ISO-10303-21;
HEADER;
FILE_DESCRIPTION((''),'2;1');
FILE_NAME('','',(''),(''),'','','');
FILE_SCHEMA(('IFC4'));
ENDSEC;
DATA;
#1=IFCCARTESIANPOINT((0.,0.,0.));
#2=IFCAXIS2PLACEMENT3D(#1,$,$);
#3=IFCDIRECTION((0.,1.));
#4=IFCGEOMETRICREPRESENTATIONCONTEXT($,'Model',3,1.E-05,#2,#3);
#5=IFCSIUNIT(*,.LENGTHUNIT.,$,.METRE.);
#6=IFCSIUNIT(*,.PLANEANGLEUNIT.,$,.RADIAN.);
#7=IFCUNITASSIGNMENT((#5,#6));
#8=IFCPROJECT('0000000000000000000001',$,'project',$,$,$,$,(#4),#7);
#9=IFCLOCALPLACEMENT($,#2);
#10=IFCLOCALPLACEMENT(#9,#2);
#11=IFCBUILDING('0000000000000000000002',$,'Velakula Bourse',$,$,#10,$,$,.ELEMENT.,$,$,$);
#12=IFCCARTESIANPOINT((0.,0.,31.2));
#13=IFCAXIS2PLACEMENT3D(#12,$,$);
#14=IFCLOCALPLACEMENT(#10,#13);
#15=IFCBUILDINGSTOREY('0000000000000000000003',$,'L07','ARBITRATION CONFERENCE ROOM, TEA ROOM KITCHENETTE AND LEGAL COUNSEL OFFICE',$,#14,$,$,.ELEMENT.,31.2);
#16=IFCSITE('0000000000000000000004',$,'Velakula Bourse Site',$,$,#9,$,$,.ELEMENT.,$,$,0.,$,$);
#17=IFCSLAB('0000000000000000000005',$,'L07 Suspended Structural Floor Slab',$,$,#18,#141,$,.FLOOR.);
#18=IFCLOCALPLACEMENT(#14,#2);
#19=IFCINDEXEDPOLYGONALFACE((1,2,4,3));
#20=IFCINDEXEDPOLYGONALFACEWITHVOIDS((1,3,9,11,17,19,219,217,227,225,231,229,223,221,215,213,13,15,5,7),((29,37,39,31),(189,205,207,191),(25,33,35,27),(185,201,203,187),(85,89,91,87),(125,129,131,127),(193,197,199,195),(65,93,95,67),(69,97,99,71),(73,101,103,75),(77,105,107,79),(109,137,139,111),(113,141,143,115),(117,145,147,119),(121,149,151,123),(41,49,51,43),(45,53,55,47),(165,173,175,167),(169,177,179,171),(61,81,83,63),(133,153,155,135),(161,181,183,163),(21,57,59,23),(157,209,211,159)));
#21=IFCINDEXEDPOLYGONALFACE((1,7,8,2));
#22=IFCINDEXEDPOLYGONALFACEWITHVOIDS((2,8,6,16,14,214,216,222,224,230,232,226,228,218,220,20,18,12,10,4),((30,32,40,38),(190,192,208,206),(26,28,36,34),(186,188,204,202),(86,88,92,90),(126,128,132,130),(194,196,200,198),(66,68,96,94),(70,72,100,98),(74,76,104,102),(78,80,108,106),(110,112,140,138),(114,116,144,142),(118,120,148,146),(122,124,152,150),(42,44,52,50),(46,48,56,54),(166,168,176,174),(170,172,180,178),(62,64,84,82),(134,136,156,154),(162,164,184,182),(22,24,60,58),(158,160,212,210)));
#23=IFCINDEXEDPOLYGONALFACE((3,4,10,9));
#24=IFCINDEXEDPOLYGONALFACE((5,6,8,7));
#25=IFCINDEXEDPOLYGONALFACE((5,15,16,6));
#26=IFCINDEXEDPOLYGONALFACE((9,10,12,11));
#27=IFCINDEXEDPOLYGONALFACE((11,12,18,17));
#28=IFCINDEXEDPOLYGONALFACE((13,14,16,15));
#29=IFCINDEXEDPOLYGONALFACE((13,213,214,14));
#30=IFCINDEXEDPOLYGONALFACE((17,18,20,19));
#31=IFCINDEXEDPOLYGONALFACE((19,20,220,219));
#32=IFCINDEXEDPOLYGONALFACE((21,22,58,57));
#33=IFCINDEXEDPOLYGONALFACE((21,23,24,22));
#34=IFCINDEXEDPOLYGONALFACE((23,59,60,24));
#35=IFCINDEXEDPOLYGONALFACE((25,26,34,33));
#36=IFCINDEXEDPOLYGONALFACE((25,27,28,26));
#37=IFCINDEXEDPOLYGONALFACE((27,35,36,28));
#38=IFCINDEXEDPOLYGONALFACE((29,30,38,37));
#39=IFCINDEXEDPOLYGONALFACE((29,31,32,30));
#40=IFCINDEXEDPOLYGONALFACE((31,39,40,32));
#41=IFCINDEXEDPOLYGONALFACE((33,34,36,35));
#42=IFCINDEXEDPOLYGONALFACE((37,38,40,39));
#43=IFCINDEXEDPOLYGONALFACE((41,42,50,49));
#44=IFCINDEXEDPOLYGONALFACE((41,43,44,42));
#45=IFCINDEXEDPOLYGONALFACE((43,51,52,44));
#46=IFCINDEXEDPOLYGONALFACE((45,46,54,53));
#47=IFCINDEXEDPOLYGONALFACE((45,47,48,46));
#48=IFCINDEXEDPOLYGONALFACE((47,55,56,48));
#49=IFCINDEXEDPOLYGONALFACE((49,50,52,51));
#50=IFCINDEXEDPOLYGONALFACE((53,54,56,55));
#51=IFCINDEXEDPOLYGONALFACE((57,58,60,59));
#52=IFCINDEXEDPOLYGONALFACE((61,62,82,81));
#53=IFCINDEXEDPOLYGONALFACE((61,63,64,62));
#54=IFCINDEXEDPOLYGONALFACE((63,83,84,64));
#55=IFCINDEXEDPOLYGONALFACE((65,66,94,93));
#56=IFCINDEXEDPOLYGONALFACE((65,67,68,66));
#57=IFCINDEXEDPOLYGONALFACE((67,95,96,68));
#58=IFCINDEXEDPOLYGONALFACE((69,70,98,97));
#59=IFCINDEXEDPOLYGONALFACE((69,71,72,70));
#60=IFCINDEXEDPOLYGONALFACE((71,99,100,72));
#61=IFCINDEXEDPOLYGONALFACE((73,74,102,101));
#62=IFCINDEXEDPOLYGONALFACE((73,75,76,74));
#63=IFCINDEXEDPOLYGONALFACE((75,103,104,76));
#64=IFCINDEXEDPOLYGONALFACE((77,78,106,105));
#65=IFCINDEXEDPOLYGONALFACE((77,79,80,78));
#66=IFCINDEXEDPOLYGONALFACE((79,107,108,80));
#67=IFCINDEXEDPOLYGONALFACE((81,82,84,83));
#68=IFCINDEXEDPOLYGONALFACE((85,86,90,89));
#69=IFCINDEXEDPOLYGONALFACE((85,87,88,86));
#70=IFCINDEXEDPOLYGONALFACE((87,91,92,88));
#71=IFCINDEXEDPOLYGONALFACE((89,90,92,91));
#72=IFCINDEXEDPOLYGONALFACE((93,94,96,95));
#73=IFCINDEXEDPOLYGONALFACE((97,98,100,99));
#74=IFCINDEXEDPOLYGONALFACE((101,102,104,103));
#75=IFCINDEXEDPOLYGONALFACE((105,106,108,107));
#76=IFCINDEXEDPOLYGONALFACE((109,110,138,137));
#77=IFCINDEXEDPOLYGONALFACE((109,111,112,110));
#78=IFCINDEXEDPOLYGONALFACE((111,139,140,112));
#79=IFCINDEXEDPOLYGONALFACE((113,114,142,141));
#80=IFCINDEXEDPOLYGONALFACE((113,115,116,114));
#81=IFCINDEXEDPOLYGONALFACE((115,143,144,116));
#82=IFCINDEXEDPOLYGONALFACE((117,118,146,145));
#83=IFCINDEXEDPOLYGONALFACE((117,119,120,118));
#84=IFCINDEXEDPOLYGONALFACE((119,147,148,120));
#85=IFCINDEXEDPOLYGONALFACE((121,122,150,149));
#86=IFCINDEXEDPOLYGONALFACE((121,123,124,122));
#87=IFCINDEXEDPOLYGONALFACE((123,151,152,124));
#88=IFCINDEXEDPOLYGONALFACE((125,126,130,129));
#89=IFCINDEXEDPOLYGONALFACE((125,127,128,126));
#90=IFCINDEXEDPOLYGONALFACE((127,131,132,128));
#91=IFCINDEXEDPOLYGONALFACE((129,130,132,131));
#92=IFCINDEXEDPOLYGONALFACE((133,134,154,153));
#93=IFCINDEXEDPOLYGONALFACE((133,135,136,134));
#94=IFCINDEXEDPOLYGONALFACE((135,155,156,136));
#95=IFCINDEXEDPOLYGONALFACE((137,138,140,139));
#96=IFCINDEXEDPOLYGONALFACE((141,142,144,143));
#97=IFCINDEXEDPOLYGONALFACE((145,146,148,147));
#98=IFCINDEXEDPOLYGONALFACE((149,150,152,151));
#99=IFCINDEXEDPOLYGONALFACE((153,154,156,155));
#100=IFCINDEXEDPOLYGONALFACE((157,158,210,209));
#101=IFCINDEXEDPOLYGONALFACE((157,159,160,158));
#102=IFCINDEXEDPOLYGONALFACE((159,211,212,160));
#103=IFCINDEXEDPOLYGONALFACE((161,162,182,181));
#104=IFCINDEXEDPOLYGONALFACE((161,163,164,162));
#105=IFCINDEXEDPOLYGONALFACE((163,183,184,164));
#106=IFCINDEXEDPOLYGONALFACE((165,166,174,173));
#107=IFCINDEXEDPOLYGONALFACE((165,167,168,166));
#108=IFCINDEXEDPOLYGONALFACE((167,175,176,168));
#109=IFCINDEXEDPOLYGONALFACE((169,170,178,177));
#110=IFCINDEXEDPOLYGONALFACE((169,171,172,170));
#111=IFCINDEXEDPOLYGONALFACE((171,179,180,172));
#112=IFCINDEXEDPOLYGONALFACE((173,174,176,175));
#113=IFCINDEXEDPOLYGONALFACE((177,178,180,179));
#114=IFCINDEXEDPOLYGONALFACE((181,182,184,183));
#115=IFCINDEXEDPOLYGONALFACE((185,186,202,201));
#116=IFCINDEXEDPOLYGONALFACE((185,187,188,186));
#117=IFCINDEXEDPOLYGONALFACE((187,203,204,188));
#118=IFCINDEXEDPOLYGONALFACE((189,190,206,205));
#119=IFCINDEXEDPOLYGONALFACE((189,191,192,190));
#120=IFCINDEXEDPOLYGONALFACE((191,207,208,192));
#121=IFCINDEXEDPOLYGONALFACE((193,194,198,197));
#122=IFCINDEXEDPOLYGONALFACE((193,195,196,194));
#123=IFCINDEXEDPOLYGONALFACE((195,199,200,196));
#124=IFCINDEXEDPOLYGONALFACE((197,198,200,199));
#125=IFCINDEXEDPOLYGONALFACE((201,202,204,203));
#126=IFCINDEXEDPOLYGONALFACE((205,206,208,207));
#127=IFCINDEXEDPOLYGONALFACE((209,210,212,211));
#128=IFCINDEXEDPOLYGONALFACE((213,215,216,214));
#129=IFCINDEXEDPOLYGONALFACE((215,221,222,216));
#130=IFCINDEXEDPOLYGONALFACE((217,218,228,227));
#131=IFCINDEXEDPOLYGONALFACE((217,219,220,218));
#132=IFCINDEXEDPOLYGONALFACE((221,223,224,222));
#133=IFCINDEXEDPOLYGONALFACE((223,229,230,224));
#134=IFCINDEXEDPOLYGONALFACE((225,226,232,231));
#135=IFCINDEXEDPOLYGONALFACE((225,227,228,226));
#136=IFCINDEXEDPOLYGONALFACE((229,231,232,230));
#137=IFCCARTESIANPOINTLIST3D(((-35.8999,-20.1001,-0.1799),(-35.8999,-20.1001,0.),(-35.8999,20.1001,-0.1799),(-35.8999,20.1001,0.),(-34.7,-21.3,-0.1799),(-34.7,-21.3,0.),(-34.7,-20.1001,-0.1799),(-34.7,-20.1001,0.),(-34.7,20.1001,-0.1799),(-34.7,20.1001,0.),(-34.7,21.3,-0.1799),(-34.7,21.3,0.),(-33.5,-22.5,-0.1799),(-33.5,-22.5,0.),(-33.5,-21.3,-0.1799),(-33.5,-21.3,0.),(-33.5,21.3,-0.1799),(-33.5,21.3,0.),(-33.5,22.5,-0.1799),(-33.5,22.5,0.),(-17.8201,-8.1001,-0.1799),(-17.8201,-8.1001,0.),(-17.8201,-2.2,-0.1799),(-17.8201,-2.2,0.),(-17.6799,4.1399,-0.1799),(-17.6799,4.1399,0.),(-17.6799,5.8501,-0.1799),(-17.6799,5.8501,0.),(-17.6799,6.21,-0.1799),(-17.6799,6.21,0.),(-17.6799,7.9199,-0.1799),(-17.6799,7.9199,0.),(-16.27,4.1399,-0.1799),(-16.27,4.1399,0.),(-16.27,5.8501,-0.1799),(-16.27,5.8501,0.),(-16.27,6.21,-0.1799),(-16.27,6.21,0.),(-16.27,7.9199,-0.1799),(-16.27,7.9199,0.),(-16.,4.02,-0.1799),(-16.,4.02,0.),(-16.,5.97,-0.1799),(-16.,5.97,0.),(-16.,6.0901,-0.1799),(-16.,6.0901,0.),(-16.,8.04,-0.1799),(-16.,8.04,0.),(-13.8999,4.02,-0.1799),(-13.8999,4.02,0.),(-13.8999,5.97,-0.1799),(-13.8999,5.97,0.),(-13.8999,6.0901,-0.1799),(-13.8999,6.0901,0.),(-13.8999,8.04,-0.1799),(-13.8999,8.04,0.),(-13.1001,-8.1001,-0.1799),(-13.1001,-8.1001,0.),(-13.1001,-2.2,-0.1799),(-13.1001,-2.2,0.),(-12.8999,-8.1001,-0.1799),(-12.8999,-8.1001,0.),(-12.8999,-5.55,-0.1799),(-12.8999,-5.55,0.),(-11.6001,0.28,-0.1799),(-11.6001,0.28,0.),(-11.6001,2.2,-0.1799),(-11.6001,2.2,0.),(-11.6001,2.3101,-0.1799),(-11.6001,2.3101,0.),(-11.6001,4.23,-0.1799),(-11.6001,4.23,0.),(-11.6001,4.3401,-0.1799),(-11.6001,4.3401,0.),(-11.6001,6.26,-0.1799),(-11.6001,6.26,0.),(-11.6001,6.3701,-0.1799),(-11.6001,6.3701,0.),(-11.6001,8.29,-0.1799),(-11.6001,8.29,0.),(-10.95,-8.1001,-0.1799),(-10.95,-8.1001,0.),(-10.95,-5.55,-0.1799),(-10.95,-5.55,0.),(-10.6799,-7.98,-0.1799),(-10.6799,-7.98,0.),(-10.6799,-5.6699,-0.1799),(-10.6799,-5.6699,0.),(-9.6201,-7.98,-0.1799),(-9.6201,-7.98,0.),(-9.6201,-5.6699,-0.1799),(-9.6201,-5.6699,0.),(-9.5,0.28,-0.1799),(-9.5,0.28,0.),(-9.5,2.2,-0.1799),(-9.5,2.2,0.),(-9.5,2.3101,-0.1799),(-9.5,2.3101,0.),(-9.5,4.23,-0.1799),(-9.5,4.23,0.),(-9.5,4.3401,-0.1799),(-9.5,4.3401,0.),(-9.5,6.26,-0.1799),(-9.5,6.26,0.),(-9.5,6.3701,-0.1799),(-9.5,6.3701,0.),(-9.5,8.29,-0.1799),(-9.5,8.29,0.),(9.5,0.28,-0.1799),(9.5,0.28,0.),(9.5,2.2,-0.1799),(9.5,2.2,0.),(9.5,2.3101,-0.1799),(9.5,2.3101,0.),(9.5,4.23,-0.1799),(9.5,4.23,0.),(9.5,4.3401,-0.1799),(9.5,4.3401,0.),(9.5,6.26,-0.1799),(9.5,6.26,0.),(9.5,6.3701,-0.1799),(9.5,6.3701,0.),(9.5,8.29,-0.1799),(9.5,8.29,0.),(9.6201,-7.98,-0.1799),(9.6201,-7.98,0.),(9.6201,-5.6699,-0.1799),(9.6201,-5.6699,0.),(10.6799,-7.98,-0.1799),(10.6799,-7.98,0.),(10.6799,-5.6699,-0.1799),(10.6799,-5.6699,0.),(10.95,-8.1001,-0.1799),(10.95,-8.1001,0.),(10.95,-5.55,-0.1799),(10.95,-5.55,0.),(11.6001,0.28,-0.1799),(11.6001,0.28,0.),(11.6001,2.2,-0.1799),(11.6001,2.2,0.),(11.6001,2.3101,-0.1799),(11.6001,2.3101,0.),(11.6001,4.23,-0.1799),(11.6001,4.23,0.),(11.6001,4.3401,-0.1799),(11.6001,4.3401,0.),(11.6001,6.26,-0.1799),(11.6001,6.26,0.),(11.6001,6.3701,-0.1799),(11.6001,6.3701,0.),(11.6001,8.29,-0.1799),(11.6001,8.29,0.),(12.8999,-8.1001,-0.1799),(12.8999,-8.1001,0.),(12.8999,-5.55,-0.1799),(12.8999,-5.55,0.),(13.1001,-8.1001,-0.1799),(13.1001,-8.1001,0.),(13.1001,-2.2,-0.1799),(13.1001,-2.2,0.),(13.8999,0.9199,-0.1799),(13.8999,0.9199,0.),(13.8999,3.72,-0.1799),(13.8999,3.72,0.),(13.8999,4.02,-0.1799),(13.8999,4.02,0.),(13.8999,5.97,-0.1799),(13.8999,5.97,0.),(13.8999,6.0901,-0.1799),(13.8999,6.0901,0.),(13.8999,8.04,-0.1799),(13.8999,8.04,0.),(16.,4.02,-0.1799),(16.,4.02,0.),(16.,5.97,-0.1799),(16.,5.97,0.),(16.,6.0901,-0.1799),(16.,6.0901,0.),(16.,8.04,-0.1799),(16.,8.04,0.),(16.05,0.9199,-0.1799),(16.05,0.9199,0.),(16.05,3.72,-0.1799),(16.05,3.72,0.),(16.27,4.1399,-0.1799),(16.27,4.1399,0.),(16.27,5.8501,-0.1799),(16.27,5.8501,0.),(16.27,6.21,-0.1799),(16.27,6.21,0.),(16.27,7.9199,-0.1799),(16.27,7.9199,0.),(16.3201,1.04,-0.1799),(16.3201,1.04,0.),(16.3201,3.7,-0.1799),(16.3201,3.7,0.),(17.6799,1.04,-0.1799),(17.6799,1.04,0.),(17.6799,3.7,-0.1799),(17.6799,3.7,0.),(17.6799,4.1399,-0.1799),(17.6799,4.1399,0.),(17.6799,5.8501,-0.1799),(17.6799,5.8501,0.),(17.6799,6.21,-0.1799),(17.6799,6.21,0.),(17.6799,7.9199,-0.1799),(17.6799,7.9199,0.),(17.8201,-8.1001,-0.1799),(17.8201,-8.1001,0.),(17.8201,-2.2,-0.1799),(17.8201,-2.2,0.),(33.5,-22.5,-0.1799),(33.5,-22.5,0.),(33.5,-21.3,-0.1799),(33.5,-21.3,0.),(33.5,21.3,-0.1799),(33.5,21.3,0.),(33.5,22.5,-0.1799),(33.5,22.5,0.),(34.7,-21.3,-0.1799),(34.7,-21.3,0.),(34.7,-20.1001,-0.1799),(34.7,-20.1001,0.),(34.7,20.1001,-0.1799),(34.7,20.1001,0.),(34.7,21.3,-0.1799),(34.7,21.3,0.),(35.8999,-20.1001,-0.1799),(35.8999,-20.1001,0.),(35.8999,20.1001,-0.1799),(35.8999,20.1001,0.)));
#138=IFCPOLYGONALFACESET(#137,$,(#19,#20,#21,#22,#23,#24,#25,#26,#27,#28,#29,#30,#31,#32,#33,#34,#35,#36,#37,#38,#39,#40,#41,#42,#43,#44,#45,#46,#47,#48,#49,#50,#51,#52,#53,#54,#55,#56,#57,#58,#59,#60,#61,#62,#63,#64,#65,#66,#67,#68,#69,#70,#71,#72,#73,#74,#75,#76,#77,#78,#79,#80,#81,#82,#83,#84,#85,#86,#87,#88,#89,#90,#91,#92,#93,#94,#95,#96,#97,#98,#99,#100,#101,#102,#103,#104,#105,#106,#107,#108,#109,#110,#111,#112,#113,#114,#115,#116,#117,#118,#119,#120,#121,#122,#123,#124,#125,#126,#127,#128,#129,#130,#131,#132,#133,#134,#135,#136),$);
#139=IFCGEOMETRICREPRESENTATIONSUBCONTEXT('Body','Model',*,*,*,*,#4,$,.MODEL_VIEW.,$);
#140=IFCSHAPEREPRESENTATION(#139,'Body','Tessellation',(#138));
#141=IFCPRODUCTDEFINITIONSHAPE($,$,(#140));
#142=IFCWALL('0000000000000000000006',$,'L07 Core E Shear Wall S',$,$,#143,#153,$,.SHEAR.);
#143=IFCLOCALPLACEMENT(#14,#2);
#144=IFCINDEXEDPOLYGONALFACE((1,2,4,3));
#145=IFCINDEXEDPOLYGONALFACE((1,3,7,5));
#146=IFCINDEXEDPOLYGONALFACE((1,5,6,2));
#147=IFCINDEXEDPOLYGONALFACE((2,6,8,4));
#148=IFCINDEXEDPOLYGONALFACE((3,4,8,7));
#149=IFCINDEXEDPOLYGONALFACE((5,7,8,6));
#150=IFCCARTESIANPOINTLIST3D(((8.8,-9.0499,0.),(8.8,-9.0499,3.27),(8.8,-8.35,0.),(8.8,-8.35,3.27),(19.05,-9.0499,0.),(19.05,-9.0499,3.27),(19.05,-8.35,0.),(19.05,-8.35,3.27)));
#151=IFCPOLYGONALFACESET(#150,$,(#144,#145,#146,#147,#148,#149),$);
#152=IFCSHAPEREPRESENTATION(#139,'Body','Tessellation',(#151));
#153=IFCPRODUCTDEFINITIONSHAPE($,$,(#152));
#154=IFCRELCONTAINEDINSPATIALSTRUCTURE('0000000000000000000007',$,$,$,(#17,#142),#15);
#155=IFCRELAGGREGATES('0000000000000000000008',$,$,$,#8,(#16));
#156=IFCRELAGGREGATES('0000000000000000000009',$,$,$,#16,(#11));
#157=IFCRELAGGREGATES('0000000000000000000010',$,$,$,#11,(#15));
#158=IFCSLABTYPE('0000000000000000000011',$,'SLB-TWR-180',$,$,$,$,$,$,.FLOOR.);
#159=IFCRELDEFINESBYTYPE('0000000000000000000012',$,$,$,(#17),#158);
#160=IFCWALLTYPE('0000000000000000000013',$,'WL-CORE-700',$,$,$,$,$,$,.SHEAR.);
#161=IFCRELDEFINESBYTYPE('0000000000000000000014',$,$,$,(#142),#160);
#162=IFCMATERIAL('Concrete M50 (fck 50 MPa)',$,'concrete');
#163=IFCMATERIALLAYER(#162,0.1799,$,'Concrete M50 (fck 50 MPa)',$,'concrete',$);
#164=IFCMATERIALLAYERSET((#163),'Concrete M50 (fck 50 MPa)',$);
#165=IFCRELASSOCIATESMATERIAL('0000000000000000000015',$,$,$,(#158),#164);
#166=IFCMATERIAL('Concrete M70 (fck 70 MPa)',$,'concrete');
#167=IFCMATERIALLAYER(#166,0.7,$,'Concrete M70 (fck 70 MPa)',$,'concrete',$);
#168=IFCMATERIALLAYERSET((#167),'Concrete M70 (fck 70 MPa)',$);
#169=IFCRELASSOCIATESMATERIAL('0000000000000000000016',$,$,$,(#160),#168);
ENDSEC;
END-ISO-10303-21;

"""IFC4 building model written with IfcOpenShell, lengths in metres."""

from ifc_helpers import new_model, si_unit, direction, frame, frame_2d, origin, place, context, subcontext, project, spatial, polyline, rectangle, outline, extrude, material, layer, layer_set, type_object, element, save


model = new_model("IFC4")

# Units and contexts
model_context = context("Model", 3, precision=1e-05, world=origin(), true_north=direction((0.0, 1.0)))
body_context = subcontext(model_context, "Body", "Model", "MODEL_VIEW")
ifc_project = project(units=[si_unit("LENGTHUNIT", "METRE"), si_unit("PLANEANGLEUNIT", "RADIAN")], contexts=[model_context])

# Site, building, storey
site_placement = place(None, origin())
site = spatial("IfcSite", under=ifc_project, at=site_placement, Name="Velakula Bourse Site", CompositionType="ELEMENT", RefElevation=0.0)
building_placement = place(site_placement, origin())
building = spatial("IfcBuilding", under=site, at=building_placement, Name="Velakula Bourse", CompositionType="ELEMENT")
storey_placement = place(building_placement, frame((0.0, 0.0, 31.2)))
storey = spatial("IfcBuildingStorey", under=building, at=storey_placement, Name="L07", Description="ARBITRATION CONFERENCE ROOM, TEA ROOM KITCHENETTE AND LEGAL COUNSEL OFFICE", CompositionType="ELEMENT", Elevation=31.2)

# Shared definitions
ifc_material_1 = material(Name="Concrete M70 (fck 70 MPa)", Category="concrete")

# Shared definitions
ifc_material_2 = material(Name="Concrete M50 (fck 50 MPa)", Category="concrete")

# Slab
ifc_layer_1 = layer(ifc_material_2, 0.1799, Name="Concrete M50 (fck 50 MPa)", Category="concrete")
ifc_layer_set_1 = layer_set([ifc_layer_1], Name="Concrete M50 (fck 50 MPa)")
slab_type_1 = type_object("IfcSlabType", Name="SLB-TWR-180", PredefinedType="FLOOR", material=ifc_layer_set_1)
slab_1_placement = place(storey_placement, frame((0.0, 0.0, -0.1799)))
element("IfcSlab", 1, at=slab_1_placement, inside=storey, type_object=slab_type_1, Name="L07 Suspended Structural Floor Slab", PredefinedType="FLOOR", context=body_context, shape_type="SweptSolid", body=[
    extrude(outline(polyline([(-33.5, -22.5), (33.5, -22.5), (33.5, -21.3), (34.7, -21.3), (34.7, -20.1001), (35.8999, -20.1001), (35.8999, 20.1001), (34.7, 20.1001), (34.7, 21.3), (33.5, 21.3), (33.5, 22.5), (-33.5, 22.5), (-33.5, 21.3), (-34.7, 21.3), (-34.7, 20.1001), (-35.8999, 20.1001), (-35.8999, -20.1001), (-34.7, -20.1001), (-34.7, -21.3), (-33.5, -21.3), (-33.5, -22.5)]), holes=[polyline([(-17.8201, -8.1001), (-13.1001, -8.1001), (-13.1001, -2.2), (-17.8201, -2.2), (-17.8201, -8.1001)]), polyline([(13.1001, -8.1001), (17.8201, -8.1001), (17.8201, -2.2), (13.1001, -2.2), (13.1001, -8.1001)]), polyline([(-12.8999, -8.1001), (-10.95, -8.1001), (-10.95, -5.55), (-12.8999, -5.55), (-12.8999, -8.1001)]), polyline([(10.95, -8.1001), (12.8999, -8.1001), (12.8999, -5.55), (10.95, -5.55), (10.95, -8.1001)]), polyline([(13.8999, 0.9199), (16.05, 0.9199), (16.05, 3.72), (13.8999, 3.72), (13.8999, 0.9199)]), polyline([(-10.6799, -7.98), (-9.6201, -7.98), (-9.6201, -5.6699), (-10.6799, -5.6699), (-10.6799, -7.98)]), polyline([(-17.6799, 4.1399), (-16.27, 4.1399), (-16.27, 5.8501), (-17.6799, 5.8501), (-17.6799, 4.1399)]), polyline([(-17.6799, 6.21), (-16.27, 6.21), (-16.27, 7.9199), (-17.6799, 7.9199), (-17.6799, 6.21)]), polyline([(9.6201, -7.98), (10.6799, -7.98), (10.6799, -5.6699), (9.6201, -5.6699), (9.6201, -7.98)]), polyline([(16.27, 4.1399), (17.6799, 4.1399), (17.6799, 5.8501), (16.27, 5.8501), (16.27, 4.1399)]), polyline([(16.27, 6.21), (17.6799, 6.21), (17.6799, 7.9199), (16.27, 7.9199), (16.27, 6.21)]), polyline([(16.3201, 1.04), (17.6799, 1.04), (17.6799, 3.7), (16.3201, 3.7), (16.3201, 1.04)]), polyline([(-11.6001, 0.28), (-9.5, 0.28), (-9.5, 2.2), (-11.6001, 2.2), (-11.6001, 0.28)]), polyline([(-11.6001, 2.3101), (-9.5, 2.3101), (-9.5, 4.23), (-11.6001, 4.23), (-11.6001, 2.3101)]), polyline([(-11.6001, 4.3401), (-9.5, 4.3401), (-9.5, 6.26), (-11.6001, 6.26), (-11.6001, 4.3401)]), polyline([(-11.6001, 6.3701), (-9.5, 6.3701), (-9.5, 8.29), (-11.6001, 8.29), (-11.6001, 6.3701)]), polyline([(9.5, 0.28), (11.6001, 0.28), (11.6001, 2.2), (9.5, 2.2), (9.5, 0.28)]), polyline([(9.5, 2.3101), (11.6001, 2.3101), (11.6001, 4.23), (9.5, 4.23), (9.5, 2.3101)]), polyline([(9.5, 4.3401), (11.6001, 4.3401), (11.6001, 6.26), (9.5, 6.26), (9.5, 4.3401)]), polyline([(9.5, 6.3701), (11.6001, 6.3701), (11.6001, 8.29), (9.5, 8.29), (9.5, 6.3701)]), polyline([(-16.0, 4.02), (-13.8999, 4.02), (-13.8999, 5.97), (-16.0, 5.97), (-16.0, 4.02)]), polyline([(-16.0, 6.0901), (-13.8999, 6.0901), (-13.8999, 8.04), (-16.0, 8.04), (-16.0, 6.0901)]), polyline([(13.8999, 4.02), (16.0, 4.02), (16.0, 5.97), (13.8999, 5.97), (13.8999, 4.02)]), polyline([(13.8999, 6.0901), (16.0, 6.0901), (16.0, 8.04), (13.8999, 8.04), (13.8999, 6.0901)])]), origin(), (0.0, 0.0, 1.0), 0.1799),
])

# Wall
ifc_layer_2 = layer(ifc_material_1, 0.7, Name="Concrete M70 (fck 70 MPa)", Category="concrete")
ifc_layer_set_2 = layer_set([ifc_layer_2], Name="Concrete M70 (fck 70 MPa)")
wall_type_1 = type_object("IfcWallType", Name="WL-CORE-700", PredefinedType="SHEAR", material=ifc_layer_set_2)
wall_1_placement = place(storey_placement, frame((8.8, -8.7, 0.0), z_axis=(0.0, 0.0, 1.0), x_axis=(1.0, 0.0, 0.0)))
element("IfcWall", 2, at=wall_1_placement, inside=storey, type_object=wall_type_1, Name="L07 Core E Shear Wall S", PredefinedType="SHEAR", context=body_context, shape_type="SweptSolid", body=[
    extrude(rectangle(XDim=10.25, YDim=0.7, at=frame_2d((5.125, 0.0))), origin(), (0.0, 0.0, 1.0), 3.27),
])

save(model, "model.ifc")
